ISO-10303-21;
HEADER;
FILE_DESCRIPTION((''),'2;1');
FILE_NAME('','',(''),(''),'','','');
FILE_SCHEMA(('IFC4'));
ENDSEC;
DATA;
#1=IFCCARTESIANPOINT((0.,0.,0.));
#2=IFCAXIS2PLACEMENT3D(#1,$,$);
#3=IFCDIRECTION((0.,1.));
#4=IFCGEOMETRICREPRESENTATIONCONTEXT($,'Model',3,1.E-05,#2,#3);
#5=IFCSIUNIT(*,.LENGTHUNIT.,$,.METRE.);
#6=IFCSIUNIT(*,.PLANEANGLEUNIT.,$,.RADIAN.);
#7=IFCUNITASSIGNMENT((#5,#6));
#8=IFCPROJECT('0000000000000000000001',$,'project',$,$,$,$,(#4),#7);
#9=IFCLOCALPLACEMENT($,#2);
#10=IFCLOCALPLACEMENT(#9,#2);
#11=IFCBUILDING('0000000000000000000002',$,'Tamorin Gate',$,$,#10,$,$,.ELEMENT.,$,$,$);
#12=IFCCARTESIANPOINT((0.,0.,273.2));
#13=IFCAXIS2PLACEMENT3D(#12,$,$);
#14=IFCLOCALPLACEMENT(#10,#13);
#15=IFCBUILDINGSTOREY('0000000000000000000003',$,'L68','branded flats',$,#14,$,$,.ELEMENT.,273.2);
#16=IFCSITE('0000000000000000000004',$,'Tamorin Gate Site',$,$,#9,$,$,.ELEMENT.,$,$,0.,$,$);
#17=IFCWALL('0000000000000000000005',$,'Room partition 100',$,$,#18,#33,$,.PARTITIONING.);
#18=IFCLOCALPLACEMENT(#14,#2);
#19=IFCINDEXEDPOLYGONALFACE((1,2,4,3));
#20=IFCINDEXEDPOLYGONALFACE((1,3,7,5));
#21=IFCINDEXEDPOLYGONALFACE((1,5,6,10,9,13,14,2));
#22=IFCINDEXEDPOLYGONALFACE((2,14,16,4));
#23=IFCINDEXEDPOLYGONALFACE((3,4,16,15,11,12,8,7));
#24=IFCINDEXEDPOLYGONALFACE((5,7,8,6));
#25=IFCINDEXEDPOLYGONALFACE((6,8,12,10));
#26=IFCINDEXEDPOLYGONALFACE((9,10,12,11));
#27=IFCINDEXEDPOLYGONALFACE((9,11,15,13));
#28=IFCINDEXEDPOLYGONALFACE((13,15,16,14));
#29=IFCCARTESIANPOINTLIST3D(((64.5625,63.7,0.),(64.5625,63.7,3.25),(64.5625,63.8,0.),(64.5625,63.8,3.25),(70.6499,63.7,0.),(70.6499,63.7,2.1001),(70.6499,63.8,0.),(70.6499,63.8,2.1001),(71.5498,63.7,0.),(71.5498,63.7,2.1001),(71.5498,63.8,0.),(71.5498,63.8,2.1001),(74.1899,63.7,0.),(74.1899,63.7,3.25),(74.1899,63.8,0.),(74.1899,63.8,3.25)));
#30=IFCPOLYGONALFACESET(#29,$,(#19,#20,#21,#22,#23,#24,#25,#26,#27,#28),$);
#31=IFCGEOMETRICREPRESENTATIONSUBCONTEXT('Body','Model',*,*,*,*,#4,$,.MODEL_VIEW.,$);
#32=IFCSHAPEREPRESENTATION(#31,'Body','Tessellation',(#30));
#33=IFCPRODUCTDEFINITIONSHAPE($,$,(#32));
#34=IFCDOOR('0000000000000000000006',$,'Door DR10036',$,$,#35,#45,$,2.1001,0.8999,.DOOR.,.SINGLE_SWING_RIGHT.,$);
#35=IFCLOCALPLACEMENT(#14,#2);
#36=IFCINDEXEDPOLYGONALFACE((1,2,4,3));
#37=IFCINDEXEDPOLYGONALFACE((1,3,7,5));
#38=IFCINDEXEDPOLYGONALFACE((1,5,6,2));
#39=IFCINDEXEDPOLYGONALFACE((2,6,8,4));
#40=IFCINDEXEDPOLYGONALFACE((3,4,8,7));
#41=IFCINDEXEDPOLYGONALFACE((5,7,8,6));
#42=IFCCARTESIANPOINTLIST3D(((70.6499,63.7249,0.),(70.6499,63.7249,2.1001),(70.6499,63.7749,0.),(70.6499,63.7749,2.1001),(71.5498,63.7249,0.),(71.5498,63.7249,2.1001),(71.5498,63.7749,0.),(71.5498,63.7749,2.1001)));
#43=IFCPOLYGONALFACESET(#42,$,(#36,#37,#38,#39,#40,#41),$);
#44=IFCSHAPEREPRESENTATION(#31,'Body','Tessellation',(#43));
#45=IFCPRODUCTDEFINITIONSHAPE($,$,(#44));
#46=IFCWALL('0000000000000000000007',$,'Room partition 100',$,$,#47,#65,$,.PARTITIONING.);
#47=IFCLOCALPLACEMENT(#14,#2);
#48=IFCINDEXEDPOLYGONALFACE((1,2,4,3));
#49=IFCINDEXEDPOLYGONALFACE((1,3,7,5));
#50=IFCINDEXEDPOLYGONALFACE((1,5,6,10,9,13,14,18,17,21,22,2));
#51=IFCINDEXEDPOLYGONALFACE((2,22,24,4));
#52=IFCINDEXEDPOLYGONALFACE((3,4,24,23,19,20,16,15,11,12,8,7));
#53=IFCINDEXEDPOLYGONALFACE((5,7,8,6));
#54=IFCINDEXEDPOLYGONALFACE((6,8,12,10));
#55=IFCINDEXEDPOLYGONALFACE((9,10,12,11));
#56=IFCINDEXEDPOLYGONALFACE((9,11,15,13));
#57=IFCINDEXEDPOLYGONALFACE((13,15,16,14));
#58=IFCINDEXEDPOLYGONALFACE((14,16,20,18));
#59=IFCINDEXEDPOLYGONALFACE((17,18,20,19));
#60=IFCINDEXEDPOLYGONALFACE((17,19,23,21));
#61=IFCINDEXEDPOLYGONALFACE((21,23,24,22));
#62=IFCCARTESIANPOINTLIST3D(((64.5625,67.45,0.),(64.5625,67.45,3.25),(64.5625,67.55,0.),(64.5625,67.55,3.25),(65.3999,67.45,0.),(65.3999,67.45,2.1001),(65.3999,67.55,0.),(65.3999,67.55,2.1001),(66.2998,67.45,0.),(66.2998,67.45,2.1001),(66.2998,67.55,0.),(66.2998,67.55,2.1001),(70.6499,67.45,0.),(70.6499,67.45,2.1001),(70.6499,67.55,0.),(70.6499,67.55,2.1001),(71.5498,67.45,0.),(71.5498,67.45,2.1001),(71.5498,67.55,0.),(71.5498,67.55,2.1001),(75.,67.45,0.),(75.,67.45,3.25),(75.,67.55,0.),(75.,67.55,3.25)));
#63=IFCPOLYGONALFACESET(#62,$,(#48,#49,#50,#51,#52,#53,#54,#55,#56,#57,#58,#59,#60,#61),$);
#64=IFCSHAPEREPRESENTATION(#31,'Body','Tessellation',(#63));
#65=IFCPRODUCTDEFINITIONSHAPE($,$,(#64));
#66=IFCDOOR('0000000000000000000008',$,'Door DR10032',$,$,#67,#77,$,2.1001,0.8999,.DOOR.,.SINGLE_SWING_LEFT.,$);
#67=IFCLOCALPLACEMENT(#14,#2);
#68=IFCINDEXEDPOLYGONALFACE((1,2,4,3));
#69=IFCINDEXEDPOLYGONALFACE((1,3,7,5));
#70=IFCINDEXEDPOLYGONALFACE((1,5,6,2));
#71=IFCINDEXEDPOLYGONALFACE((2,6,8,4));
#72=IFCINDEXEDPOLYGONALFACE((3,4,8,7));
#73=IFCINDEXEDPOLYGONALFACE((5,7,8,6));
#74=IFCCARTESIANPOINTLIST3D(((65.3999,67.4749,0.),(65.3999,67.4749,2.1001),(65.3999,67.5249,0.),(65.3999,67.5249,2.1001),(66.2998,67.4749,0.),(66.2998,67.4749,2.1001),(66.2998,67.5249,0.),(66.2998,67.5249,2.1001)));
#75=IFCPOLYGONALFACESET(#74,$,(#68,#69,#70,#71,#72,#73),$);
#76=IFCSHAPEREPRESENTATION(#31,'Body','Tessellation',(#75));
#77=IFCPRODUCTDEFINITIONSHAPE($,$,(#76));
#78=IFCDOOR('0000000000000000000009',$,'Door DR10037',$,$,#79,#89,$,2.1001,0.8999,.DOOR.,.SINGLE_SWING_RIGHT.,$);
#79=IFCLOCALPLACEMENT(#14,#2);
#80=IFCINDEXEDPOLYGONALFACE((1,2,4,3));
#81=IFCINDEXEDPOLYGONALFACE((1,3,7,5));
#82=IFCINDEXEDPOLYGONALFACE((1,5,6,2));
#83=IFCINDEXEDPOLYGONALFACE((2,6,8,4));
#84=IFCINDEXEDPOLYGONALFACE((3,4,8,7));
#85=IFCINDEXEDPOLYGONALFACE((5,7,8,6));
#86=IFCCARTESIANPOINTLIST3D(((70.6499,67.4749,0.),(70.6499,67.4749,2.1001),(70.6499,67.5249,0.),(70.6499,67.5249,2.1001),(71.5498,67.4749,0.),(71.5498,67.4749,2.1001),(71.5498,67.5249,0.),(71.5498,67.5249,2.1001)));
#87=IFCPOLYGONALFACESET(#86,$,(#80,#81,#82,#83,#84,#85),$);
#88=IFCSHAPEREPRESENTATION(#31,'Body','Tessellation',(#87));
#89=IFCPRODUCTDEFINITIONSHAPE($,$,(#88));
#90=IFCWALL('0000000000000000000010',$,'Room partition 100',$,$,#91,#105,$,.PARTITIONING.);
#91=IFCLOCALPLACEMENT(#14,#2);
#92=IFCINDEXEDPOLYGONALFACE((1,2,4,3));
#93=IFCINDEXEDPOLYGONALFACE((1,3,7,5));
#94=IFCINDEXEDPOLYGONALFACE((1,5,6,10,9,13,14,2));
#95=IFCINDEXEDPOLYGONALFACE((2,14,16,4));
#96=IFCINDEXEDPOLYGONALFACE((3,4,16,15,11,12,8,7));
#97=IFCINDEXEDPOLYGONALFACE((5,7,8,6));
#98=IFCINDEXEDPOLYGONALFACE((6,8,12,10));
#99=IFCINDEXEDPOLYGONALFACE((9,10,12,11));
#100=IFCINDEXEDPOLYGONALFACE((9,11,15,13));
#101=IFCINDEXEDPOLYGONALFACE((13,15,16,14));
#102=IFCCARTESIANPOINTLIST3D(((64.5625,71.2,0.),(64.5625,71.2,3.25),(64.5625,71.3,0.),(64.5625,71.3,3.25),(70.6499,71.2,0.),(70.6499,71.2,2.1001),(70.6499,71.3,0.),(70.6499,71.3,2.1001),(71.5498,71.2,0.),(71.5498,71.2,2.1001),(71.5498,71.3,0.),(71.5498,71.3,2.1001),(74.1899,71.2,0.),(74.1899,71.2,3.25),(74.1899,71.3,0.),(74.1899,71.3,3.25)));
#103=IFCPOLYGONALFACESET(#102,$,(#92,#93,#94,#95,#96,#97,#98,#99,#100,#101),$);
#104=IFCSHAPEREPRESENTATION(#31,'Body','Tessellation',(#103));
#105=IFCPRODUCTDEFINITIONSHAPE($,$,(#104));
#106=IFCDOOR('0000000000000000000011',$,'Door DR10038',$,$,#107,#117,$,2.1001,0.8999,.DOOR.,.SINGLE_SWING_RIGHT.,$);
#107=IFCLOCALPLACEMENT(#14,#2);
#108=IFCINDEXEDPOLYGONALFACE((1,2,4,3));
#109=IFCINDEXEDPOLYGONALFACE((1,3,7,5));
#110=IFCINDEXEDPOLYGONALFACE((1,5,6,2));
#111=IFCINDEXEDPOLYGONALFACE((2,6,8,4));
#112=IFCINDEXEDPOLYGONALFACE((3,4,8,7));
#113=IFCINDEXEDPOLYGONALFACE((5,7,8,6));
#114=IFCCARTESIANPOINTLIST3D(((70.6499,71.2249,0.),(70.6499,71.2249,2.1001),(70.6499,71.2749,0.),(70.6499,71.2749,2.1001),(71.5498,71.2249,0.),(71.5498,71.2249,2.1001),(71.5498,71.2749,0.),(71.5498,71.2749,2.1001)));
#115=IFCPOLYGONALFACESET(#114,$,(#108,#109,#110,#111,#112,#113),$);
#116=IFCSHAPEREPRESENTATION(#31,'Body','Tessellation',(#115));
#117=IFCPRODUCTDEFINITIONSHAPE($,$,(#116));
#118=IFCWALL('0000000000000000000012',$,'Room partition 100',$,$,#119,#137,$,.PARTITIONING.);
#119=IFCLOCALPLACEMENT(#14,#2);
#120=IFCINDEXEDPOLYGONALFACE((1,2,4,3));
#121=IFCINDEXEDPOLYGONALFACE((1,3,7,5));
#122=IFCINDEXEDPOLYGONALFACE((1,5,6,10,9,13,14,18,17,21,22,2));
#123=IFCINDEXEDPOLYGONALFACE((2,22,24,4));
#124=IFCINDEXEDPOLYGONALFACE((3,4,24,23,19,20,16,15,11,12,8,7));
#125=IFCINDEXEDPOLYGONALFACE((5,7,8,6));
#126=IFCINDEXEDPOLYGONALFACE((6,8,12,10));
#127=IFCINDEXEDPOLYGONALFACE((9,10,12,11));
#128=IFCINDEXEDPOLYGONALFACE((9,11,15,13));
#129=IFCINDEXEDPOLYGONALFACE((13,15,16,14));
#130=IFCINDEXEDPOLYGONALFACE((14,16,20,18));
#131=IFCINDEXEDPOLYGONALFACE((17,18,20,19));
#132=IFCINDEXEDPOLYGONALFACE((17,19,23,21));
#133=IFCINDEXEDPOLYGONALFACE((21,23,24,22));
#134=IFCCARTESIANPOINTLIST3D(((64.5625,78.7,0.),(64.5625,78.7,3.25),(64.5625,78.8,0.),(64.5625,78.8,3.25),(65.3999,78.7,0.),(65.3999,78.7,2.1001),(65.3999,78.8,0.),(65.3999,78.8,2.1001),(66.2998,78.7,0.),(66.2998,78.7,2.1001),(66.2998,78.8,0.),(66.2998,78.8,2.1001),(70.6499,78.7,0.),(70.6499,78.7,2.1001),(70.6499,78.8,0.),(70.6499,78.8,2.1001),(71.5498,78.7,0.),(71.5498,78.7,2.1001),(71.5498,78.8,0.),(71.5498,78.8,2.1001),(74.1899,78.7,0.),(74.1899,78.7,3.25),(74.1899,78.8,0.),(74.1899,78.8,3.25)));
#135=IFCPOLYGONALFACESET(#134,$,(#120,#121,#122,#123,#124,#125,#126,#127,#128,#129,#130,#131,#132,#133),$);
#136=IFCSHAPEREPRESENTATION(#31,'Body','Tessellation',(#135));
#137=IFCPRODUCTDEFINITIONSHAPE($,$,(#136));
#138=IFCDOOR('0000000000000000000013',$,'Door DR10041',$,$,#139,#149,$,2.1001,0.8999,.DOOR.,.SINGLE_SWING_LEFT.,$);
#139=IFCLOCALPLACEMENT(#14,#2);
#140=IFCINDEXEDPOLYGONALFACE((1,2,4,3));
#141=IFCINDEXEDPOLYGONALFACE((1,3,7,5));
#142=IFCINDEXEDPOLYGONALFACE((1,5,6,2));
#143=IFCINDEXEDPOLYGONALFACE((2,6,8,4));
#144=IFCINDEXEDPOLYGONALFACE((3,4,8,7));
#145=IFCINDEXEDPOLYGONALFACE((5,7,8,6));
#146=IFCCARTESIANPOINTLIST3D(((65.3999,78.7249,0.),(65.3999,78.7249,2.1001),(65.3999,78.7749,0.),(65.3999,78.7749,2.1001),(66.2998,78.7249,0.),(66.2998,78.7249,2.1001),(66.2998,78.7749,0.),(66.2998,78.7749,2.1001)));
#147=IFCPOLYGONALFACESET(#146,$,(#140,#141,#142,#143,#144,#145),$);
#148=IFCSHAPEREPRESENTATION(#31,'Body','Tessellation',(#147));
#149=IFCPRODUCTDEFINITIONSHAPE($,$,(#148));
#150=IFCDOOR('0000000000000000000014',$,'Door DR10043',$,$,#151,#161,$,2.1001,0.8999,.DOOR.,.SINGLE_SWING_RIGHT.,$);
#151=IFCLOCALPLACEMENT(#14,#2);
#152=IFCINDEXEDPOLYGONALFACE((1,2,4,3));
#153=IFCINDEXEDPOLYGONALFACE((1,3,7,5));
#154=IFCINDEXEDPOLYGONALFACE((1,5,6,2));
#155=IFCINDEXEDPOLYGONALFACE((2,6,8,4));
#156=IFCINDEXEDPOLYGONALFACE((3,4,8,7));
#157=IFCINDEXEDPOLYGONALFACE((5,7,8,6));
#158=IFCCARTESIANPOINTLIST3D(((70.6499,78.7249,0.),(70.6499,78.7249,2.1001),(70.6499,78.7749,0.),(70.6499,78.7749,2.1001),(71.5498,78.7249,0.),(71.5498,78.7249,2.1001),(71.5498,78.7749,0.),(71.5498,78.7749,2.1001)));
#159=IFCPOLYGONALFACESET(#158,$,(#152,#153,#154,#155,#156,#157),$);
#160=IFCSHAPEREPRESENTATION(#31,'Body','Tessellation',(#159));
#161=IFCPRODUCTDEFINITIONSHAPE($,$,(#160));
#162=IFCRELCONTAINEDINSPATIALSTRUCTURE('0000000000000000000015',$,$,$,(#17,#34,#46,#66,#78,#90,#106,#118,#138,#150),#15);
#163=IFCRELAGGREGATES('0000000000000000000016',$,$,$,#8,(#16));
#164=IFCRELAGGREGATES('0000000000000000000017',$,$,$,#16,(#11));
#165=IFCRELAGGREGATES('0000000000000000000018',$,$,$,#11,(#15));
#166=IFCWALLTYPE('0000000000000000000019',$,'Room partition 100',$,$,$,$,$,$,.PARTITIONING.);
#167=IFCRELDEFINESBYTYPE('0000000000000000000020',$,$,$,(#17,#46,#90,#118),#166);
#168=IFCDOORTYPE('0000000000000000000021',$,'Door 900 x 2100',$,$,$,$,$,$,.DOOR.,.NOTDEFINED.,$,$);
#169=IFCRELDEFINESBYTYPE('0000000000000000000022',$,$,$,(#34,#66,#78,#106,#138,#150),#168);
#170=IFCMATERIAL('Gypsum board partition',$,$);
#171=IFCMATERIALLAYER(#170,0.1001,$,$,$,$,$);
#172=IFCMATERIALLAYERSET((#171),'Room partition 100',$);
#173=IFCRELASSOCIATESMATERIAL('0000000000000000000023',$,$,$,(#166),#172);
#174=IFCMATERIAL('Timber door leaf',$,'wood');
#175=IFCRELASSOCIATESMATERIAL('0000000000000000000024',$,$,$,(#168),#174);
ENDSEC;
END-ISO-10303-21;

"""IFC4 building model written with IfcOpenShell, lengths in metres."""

from ifc_helpers import new_model, si_unit, direction, frame, frame_2d, origin, place, context, subcontext, project, spatial, rectangle, extrude, material, layer, layer_set, type_object, element, fill, save


model = new_model("IFC4")

# Units and contexts
model_context = context("Model", 3, precision=1e-05, world=origin(), true_north=direction((0.0, 1.0)))
body_context = subcontext(model_context, "Body", "Model", "MODEL_VIEW")
ifc_project = project(units=[si_unit("LENGTHUNIT", "METRE"), si_unit("PLANEANGLEUNIT", "RADIAN")], contexts=[model_context])

# Site, building, storey
site_placement = place(None, origin())
site = spatial("IfcSite", under=ifc_project, at=site_placement, Name="Tamorin Gate Site", CompositionType="ELEMENT", RefElevation=0.0)
building_placement = place(site_placement, origin())
building = spatial("IfcBuilding", under=site, at=building_placement, Name="Tamorin Gate", CompositionType="ELEMENT")
storey_placement = place(building_placement, frame((0.0, 0.0, 273.2)))
storey = spatial("IfcBuildingStorey", under=building, at=storey_placement, Name="L68", Description="branded flats", CompositionType="ELEMENT", Elevation=273.2)

# Wall, opening, door
ifc_material_1 = material(Name="Gypsum board partition")
ifc_layer_1 = layer(ifc_material_1, 0.1001)
ifc_layer_set_1 = layer_set([ifc_layer_1], Name="Room partition 100")
wall_type_1 = type_object("IfcWallType", Name="Room partition 100", PredefinedType="PARTITIONING", material=ifc_layer_set_1)
wall_1_placement = place(storey_placement, frame((64.5625, 63.75, 0.0), z_axis=(0.0, 0.0, 1.0), x_axis=(1.0, 0.0, 0.0)))
wall_1 = element("IfcWall", 1, at=wall_1_placement, inside=storey, type_object=wall_type_1, Name="Room partition 100", PredefinedType="PARTITIONING", context=body_context, shape_type="SweptSolid", body=[
    extrude(rectangle(XDim=9.6274, YDim=0.1001, at=frame_2d((4.8137, 0.0))), origin(), (0.0, 0.0, 1.0), 3.25),
])
opening_1_placement = place(wall_1_placement, frame((6.0874, 0.0, 0.0)))
opening_1 = element("IfcOpeningElement", 2, at=opening_1_placement, cuts=wall_1, PredefinedType="OPENING", context=body_context, shape_type="SweptSolid", body=[
    extrude(rectangle(XDim=0.8999, YDim=2.1001, at=frame_2d((0.45, 1.05))), frame((0.0, 0.0601, 0.0), z_axis=(0.0, -1.0, 0.0), x_axis=(1.0, 0.0, 0.0)), (0.0, 0.0, 1.0), 0.1201),
])
ifc_material_2 = material(Name="Timber door leaf", Category="wood")
door_type = type_object("IfcDoorType", Name="Door 900 x 2100", OperationType="NOTDEFINED", PredefinedType="DOOR", material=ifc_material_2)
door_1_placement = place(opening_1_placement, origin())
door_1 = element("IfcDoor", 3, at=door_1_placement, inside=storey, type_object=door_type, Name="Door DR10036", OperationType="SINGLE_SWING_RIGHT", OverallHeight=2.1001, OverallWidth=0.8999, PredefinedType="DOOR", context=body_context, shape_type="SweptSolid", body=[
    extrude(rectangle(XDim=0.8999, YDim=2.1001, at=frame_2d((0.45, 1.05))), frame((0.0, 0.0249, 0.0), z_axis=(0.0, -1.0, 0.0), x_axis=(1.0, 0.0, 0.0)), (0.0, 0.0, 1.0), 0.05),
])
fill(opening_1, door_1)

# Wall, openings, doors
wall_2_placement = place(storey_placement, frame((64.5625, 67.5, 0.0), z_axis=(0.0, 0.0, 1.0), x_axis=(1.0, 0.0, 0.0)))
wall_2 = element("IfcWall", 4, at=wall_2_placement, inside=storey, type_object=wall_type_1, Name="Room partition 100", PredefinedType="PARTITIONING", context=body_context, shape_type="SweptSolid", body=[
    extrude(rectangle(XDim=10.4375, YDim=0.1001, at=frame_2d((5.2188, 0.0))), origin(), (0.0, 0.0, 1.0), 3.25),
])
opening_2_placement = place(wall_2_placement, frame((0.8374, 0.0, 0.0)))
opening_2 = element("IfcOpeningElement", 5, at=opening_2_placement, cuts=wall_2, PredefinedType="OPENING", context=body_context, shape_type="SweptSolid", body=[
    extrude(rectangle(XDim=0.8999, YDim=2.1001, at=frame_2d((0.45, 1.05))), frame((0.0, 0.0601, 0.0), z_axis=(0.0, -1.0, 0.0), x_axis=(1.0, 0.0, 0.0)), (0.0, 0.0, 1.0), 0.1201),
])
opening_3_placement = place(wall_2_placement, frame((6.0874, 0.0, 0.0)))
opening_3 = element("IfcOpeningElement", 6, at=opening_3_placement, cuts=wall_2, PredefinedType="OPENING", context=body_context, shape_type="SweptSolid", body=[
    extrude(rectangle(XDim=0.8999, YDim=2.1001, at=frame_2d((0.45, 1.05))), frame((0.0, 0.0601, 0.0), z_axis=(0.0, -1.0, 0.0), x_axis=(1.0, 0.0, 0.0)), (0.0, 0.0, 1.0), 0.1201),
])
door_2_placement = place(opening_2_placement, origin())
door_2 = element("IfcDoor", 7, at=door_2_placement, inside=storey, type_object=door_type, Name="Door DR10032", OperationType="SINGLE_SWING_LEFT", OverallHeight=2.1001, OverallWidth=0.8999, PredefinedType="DOOR", context=body_context, shape_type="SweptSolid", body=[
    extrude(rectangle(XDim=0.8999, YDim=2.1001, at=frame_2d((0.45, 1.05))), frame((0.0, 0.0249, 0.0), z_axis=(0.0, -1.0, 0.0), x_axis=(1.0, 0.0, 0.0)), (0.0, 0.0, 1.0), 0.05),
])
fill(opening_2, door_2)
door_3_placement = place(opening_3_placement, origin())
door_3 = element("IfcDoor", 8, at=door_3_placement, inside=storey, type_object=door_type, Name="Door DR10037", OperationType="SINGLE_SWING_RIGHT", OverallHeight=2.1001, OverallWidth=0.8999, PredefinedType="DOOR", context=body_context, shape_type="SweptSolid", body=[
    extrude(rectangle(XDim=0.8999, YDim=2.1001, at=frame_2d((0.45, 1.05))), frame((0.0, 0.0249, 0.0), z_axis=(0.0, -1.0, 0.0), x_axis=(1.0, 0.0, 0.0)), (0.0, 0.0, 1.0), 0.05),
])
fill(opening_3, door_3)

# Wall, opening, door
wall_3_placement = place(storey_placement, frame((64.5625, 71.25, 0.0), z_axis=(0.0, 0.0, 1.0), x_axis=(1.0, 0.0, 0.0)))
wall_3 = element("IfcWall", 9, at=wall_3_placement, inside=storey, type_object=wall_type_1, Name="Room partition 100", PredefinedType="PARTITIONING", context=body_context, shape_type="SweptSolid", body=[
    extrude(rectangle(XDim=9.6274, YDim=0.1001, at=frame_2d((4.8137, 0.0))), origin(), (0.0, 0.0, 1.0), 3.25),
])
opening_4_placement = place(wall_3_placement, frame((6.0874, 0.0, 0.0)))
opening_4 = element("IfcOpeningElement", 10, at=opening_4_placement, cuts=wall_3, PredefinedType="OPENING", context=body_context, shape_type="SweptSolid", body=[
    extrude(rectangle(XDim=0.8999, YDim=2.1001, at=frame_2d((0.45, 1.05))), frame((0.0, 0.0601, 0.0), z_axis=(0.0, -1.0, 0.0), x_axis=(1.0, 0.0, 0.0)), (0.0, 0.0, 1.0), 0.1201),
])
door_4_placement = place(opening_4_placement, origin())
door_4 = element("IfcDoor", 11, at=door_4_placement, inside=storey, type_object=door_type, Name="Door DR10038", OperationType="SINGLE_SWING_RIGHT", OverallHeight=2.1001, OverallWidth=0.8999, PredefinedType="DOOR", context=body_context, shape_type="SweptSolid", body=[
    extrude(rectangle(XDim=0.8999, YDim=2.1001, at=frame_2d((0.45, 1.05))), frame((0.0, 0.0249, 0.0), z_axis=(0.0, -1.0, 0.0), x_axis=(1.0, 0.0, 0.0)), (0.0, 0.0, 1.0), 0.05),
])
fill(opening_4, door_4)

# Wall, openings, doors
wall_4_placement = place(storey_placement, frame((64.5625, 78.75, 0.0), z_axis=(0.0, 0.0, 1.0), x_axis=(1.0, 0.0, 0.0)))
wall_4 = element("IfcWall", 12, at=wall_4_placement, inside=storey, type_object=wall_type_1, Name="Room partition 100", PredefinedType="PARTITIONING", context=body_context, shape_type="SweptSolid", body=[
    extrude(rectangle(XDim=9.6274, YDim=0.1001, at=frame_2d((4.8137, 0.0))), origin(), (0.0, 0.0, 1.0), 3.25),
])
opening_5_placement = place(wall_4_placement, frame((0.8374, 0.0, 0.0)))
opening_5 = element("IfcOpeningElement", 13, at=opening_5_placement, cuts=wall_4, PredefinedType="OPENING", context=body_context, shape_type="SweptSolid", body=[
    extrude(rectangle(XDim=0.8999, YDim=2.1001, at=frame_2d((0.45, 1.05))), frame((0.0, 0.0601, 0.0), z_axis=(0.0, -1.0, 0.0), x_axis=(1.0, 0.0, 0.0)), (0.0, 0.0, 1.0), 0.1201),
])
opening_6_placement = place(wall_4_placement, frame((6.0874, 0.0, 0.0)))
opening_6 = element("IfcOpeningElement", 14, at=opening_6_placement, cuts=wall_4, PredefinedType="OPENING", context=body_context, shape_type="SweptSolid", body=[
    extrude(rectangle(XDim=0.8999, YDim=2.1001, at=frame_2d((0.45, 1.05))), frame((0.0, 0.0601, 0.0), z_axis=(0.0, -1.0, 0.0), x_axis=(1.0, 0.0, 0.0)), (0.0, 0.0, 1.0), 0.1201),
])
door_5_placement = place(opening_5_placement, origin())
door_5 = element("IfcDoor", 15, at=door_5_placement, inside=storey, type_object=door_type, Name="Door DR10041", OperationType="SINGLE_SWING_LEFT", OverallHeight=2.1001, OverallWidth=0.8999, PredefinedType="DOOR", context=body_context, shape_type="SweptSolid", body=[
    extrude(rectangle(XDim=0.8999, YDim=2.1001, at=frame_2d((0.45, 1.05))), frame((0.0, 0.0249, 0.0), z_axis=(0.0, -1.0, 0.0), x_axis=(1.0, 0.0, 0.0)), (0.0, 0.0, 1.0), 0.05),
])
fill(opening_5, door_5)
door_6_placement = place(opening_6_placement, origin())
door_6 = element("IfcDoor", 16, at=door_6_placement, inside=storey, type_object=door_type, Name="Door DR10043", OperationType="SINGLE_SWING_RIGHT", OverallHeight=2.1001, OverallWidth=0.8999, PredefinedType="DOOR", context=body_context, shape_type="SweptSolid", body=[
    extrude(rectangle(XDim=0.8999, YDim=2.1001, at=frame_2d((0.45, 1.05))), frame((0.0, 0.0249, 0.0), z_axis=(0.0, -1.0, 0.0), x_axis=(1.0, 0.0, 0.0)), (0.0, 0.0, 1.0), 0.05),
])
fill(opening_6, door_6)

save(model, "model.ifc")
